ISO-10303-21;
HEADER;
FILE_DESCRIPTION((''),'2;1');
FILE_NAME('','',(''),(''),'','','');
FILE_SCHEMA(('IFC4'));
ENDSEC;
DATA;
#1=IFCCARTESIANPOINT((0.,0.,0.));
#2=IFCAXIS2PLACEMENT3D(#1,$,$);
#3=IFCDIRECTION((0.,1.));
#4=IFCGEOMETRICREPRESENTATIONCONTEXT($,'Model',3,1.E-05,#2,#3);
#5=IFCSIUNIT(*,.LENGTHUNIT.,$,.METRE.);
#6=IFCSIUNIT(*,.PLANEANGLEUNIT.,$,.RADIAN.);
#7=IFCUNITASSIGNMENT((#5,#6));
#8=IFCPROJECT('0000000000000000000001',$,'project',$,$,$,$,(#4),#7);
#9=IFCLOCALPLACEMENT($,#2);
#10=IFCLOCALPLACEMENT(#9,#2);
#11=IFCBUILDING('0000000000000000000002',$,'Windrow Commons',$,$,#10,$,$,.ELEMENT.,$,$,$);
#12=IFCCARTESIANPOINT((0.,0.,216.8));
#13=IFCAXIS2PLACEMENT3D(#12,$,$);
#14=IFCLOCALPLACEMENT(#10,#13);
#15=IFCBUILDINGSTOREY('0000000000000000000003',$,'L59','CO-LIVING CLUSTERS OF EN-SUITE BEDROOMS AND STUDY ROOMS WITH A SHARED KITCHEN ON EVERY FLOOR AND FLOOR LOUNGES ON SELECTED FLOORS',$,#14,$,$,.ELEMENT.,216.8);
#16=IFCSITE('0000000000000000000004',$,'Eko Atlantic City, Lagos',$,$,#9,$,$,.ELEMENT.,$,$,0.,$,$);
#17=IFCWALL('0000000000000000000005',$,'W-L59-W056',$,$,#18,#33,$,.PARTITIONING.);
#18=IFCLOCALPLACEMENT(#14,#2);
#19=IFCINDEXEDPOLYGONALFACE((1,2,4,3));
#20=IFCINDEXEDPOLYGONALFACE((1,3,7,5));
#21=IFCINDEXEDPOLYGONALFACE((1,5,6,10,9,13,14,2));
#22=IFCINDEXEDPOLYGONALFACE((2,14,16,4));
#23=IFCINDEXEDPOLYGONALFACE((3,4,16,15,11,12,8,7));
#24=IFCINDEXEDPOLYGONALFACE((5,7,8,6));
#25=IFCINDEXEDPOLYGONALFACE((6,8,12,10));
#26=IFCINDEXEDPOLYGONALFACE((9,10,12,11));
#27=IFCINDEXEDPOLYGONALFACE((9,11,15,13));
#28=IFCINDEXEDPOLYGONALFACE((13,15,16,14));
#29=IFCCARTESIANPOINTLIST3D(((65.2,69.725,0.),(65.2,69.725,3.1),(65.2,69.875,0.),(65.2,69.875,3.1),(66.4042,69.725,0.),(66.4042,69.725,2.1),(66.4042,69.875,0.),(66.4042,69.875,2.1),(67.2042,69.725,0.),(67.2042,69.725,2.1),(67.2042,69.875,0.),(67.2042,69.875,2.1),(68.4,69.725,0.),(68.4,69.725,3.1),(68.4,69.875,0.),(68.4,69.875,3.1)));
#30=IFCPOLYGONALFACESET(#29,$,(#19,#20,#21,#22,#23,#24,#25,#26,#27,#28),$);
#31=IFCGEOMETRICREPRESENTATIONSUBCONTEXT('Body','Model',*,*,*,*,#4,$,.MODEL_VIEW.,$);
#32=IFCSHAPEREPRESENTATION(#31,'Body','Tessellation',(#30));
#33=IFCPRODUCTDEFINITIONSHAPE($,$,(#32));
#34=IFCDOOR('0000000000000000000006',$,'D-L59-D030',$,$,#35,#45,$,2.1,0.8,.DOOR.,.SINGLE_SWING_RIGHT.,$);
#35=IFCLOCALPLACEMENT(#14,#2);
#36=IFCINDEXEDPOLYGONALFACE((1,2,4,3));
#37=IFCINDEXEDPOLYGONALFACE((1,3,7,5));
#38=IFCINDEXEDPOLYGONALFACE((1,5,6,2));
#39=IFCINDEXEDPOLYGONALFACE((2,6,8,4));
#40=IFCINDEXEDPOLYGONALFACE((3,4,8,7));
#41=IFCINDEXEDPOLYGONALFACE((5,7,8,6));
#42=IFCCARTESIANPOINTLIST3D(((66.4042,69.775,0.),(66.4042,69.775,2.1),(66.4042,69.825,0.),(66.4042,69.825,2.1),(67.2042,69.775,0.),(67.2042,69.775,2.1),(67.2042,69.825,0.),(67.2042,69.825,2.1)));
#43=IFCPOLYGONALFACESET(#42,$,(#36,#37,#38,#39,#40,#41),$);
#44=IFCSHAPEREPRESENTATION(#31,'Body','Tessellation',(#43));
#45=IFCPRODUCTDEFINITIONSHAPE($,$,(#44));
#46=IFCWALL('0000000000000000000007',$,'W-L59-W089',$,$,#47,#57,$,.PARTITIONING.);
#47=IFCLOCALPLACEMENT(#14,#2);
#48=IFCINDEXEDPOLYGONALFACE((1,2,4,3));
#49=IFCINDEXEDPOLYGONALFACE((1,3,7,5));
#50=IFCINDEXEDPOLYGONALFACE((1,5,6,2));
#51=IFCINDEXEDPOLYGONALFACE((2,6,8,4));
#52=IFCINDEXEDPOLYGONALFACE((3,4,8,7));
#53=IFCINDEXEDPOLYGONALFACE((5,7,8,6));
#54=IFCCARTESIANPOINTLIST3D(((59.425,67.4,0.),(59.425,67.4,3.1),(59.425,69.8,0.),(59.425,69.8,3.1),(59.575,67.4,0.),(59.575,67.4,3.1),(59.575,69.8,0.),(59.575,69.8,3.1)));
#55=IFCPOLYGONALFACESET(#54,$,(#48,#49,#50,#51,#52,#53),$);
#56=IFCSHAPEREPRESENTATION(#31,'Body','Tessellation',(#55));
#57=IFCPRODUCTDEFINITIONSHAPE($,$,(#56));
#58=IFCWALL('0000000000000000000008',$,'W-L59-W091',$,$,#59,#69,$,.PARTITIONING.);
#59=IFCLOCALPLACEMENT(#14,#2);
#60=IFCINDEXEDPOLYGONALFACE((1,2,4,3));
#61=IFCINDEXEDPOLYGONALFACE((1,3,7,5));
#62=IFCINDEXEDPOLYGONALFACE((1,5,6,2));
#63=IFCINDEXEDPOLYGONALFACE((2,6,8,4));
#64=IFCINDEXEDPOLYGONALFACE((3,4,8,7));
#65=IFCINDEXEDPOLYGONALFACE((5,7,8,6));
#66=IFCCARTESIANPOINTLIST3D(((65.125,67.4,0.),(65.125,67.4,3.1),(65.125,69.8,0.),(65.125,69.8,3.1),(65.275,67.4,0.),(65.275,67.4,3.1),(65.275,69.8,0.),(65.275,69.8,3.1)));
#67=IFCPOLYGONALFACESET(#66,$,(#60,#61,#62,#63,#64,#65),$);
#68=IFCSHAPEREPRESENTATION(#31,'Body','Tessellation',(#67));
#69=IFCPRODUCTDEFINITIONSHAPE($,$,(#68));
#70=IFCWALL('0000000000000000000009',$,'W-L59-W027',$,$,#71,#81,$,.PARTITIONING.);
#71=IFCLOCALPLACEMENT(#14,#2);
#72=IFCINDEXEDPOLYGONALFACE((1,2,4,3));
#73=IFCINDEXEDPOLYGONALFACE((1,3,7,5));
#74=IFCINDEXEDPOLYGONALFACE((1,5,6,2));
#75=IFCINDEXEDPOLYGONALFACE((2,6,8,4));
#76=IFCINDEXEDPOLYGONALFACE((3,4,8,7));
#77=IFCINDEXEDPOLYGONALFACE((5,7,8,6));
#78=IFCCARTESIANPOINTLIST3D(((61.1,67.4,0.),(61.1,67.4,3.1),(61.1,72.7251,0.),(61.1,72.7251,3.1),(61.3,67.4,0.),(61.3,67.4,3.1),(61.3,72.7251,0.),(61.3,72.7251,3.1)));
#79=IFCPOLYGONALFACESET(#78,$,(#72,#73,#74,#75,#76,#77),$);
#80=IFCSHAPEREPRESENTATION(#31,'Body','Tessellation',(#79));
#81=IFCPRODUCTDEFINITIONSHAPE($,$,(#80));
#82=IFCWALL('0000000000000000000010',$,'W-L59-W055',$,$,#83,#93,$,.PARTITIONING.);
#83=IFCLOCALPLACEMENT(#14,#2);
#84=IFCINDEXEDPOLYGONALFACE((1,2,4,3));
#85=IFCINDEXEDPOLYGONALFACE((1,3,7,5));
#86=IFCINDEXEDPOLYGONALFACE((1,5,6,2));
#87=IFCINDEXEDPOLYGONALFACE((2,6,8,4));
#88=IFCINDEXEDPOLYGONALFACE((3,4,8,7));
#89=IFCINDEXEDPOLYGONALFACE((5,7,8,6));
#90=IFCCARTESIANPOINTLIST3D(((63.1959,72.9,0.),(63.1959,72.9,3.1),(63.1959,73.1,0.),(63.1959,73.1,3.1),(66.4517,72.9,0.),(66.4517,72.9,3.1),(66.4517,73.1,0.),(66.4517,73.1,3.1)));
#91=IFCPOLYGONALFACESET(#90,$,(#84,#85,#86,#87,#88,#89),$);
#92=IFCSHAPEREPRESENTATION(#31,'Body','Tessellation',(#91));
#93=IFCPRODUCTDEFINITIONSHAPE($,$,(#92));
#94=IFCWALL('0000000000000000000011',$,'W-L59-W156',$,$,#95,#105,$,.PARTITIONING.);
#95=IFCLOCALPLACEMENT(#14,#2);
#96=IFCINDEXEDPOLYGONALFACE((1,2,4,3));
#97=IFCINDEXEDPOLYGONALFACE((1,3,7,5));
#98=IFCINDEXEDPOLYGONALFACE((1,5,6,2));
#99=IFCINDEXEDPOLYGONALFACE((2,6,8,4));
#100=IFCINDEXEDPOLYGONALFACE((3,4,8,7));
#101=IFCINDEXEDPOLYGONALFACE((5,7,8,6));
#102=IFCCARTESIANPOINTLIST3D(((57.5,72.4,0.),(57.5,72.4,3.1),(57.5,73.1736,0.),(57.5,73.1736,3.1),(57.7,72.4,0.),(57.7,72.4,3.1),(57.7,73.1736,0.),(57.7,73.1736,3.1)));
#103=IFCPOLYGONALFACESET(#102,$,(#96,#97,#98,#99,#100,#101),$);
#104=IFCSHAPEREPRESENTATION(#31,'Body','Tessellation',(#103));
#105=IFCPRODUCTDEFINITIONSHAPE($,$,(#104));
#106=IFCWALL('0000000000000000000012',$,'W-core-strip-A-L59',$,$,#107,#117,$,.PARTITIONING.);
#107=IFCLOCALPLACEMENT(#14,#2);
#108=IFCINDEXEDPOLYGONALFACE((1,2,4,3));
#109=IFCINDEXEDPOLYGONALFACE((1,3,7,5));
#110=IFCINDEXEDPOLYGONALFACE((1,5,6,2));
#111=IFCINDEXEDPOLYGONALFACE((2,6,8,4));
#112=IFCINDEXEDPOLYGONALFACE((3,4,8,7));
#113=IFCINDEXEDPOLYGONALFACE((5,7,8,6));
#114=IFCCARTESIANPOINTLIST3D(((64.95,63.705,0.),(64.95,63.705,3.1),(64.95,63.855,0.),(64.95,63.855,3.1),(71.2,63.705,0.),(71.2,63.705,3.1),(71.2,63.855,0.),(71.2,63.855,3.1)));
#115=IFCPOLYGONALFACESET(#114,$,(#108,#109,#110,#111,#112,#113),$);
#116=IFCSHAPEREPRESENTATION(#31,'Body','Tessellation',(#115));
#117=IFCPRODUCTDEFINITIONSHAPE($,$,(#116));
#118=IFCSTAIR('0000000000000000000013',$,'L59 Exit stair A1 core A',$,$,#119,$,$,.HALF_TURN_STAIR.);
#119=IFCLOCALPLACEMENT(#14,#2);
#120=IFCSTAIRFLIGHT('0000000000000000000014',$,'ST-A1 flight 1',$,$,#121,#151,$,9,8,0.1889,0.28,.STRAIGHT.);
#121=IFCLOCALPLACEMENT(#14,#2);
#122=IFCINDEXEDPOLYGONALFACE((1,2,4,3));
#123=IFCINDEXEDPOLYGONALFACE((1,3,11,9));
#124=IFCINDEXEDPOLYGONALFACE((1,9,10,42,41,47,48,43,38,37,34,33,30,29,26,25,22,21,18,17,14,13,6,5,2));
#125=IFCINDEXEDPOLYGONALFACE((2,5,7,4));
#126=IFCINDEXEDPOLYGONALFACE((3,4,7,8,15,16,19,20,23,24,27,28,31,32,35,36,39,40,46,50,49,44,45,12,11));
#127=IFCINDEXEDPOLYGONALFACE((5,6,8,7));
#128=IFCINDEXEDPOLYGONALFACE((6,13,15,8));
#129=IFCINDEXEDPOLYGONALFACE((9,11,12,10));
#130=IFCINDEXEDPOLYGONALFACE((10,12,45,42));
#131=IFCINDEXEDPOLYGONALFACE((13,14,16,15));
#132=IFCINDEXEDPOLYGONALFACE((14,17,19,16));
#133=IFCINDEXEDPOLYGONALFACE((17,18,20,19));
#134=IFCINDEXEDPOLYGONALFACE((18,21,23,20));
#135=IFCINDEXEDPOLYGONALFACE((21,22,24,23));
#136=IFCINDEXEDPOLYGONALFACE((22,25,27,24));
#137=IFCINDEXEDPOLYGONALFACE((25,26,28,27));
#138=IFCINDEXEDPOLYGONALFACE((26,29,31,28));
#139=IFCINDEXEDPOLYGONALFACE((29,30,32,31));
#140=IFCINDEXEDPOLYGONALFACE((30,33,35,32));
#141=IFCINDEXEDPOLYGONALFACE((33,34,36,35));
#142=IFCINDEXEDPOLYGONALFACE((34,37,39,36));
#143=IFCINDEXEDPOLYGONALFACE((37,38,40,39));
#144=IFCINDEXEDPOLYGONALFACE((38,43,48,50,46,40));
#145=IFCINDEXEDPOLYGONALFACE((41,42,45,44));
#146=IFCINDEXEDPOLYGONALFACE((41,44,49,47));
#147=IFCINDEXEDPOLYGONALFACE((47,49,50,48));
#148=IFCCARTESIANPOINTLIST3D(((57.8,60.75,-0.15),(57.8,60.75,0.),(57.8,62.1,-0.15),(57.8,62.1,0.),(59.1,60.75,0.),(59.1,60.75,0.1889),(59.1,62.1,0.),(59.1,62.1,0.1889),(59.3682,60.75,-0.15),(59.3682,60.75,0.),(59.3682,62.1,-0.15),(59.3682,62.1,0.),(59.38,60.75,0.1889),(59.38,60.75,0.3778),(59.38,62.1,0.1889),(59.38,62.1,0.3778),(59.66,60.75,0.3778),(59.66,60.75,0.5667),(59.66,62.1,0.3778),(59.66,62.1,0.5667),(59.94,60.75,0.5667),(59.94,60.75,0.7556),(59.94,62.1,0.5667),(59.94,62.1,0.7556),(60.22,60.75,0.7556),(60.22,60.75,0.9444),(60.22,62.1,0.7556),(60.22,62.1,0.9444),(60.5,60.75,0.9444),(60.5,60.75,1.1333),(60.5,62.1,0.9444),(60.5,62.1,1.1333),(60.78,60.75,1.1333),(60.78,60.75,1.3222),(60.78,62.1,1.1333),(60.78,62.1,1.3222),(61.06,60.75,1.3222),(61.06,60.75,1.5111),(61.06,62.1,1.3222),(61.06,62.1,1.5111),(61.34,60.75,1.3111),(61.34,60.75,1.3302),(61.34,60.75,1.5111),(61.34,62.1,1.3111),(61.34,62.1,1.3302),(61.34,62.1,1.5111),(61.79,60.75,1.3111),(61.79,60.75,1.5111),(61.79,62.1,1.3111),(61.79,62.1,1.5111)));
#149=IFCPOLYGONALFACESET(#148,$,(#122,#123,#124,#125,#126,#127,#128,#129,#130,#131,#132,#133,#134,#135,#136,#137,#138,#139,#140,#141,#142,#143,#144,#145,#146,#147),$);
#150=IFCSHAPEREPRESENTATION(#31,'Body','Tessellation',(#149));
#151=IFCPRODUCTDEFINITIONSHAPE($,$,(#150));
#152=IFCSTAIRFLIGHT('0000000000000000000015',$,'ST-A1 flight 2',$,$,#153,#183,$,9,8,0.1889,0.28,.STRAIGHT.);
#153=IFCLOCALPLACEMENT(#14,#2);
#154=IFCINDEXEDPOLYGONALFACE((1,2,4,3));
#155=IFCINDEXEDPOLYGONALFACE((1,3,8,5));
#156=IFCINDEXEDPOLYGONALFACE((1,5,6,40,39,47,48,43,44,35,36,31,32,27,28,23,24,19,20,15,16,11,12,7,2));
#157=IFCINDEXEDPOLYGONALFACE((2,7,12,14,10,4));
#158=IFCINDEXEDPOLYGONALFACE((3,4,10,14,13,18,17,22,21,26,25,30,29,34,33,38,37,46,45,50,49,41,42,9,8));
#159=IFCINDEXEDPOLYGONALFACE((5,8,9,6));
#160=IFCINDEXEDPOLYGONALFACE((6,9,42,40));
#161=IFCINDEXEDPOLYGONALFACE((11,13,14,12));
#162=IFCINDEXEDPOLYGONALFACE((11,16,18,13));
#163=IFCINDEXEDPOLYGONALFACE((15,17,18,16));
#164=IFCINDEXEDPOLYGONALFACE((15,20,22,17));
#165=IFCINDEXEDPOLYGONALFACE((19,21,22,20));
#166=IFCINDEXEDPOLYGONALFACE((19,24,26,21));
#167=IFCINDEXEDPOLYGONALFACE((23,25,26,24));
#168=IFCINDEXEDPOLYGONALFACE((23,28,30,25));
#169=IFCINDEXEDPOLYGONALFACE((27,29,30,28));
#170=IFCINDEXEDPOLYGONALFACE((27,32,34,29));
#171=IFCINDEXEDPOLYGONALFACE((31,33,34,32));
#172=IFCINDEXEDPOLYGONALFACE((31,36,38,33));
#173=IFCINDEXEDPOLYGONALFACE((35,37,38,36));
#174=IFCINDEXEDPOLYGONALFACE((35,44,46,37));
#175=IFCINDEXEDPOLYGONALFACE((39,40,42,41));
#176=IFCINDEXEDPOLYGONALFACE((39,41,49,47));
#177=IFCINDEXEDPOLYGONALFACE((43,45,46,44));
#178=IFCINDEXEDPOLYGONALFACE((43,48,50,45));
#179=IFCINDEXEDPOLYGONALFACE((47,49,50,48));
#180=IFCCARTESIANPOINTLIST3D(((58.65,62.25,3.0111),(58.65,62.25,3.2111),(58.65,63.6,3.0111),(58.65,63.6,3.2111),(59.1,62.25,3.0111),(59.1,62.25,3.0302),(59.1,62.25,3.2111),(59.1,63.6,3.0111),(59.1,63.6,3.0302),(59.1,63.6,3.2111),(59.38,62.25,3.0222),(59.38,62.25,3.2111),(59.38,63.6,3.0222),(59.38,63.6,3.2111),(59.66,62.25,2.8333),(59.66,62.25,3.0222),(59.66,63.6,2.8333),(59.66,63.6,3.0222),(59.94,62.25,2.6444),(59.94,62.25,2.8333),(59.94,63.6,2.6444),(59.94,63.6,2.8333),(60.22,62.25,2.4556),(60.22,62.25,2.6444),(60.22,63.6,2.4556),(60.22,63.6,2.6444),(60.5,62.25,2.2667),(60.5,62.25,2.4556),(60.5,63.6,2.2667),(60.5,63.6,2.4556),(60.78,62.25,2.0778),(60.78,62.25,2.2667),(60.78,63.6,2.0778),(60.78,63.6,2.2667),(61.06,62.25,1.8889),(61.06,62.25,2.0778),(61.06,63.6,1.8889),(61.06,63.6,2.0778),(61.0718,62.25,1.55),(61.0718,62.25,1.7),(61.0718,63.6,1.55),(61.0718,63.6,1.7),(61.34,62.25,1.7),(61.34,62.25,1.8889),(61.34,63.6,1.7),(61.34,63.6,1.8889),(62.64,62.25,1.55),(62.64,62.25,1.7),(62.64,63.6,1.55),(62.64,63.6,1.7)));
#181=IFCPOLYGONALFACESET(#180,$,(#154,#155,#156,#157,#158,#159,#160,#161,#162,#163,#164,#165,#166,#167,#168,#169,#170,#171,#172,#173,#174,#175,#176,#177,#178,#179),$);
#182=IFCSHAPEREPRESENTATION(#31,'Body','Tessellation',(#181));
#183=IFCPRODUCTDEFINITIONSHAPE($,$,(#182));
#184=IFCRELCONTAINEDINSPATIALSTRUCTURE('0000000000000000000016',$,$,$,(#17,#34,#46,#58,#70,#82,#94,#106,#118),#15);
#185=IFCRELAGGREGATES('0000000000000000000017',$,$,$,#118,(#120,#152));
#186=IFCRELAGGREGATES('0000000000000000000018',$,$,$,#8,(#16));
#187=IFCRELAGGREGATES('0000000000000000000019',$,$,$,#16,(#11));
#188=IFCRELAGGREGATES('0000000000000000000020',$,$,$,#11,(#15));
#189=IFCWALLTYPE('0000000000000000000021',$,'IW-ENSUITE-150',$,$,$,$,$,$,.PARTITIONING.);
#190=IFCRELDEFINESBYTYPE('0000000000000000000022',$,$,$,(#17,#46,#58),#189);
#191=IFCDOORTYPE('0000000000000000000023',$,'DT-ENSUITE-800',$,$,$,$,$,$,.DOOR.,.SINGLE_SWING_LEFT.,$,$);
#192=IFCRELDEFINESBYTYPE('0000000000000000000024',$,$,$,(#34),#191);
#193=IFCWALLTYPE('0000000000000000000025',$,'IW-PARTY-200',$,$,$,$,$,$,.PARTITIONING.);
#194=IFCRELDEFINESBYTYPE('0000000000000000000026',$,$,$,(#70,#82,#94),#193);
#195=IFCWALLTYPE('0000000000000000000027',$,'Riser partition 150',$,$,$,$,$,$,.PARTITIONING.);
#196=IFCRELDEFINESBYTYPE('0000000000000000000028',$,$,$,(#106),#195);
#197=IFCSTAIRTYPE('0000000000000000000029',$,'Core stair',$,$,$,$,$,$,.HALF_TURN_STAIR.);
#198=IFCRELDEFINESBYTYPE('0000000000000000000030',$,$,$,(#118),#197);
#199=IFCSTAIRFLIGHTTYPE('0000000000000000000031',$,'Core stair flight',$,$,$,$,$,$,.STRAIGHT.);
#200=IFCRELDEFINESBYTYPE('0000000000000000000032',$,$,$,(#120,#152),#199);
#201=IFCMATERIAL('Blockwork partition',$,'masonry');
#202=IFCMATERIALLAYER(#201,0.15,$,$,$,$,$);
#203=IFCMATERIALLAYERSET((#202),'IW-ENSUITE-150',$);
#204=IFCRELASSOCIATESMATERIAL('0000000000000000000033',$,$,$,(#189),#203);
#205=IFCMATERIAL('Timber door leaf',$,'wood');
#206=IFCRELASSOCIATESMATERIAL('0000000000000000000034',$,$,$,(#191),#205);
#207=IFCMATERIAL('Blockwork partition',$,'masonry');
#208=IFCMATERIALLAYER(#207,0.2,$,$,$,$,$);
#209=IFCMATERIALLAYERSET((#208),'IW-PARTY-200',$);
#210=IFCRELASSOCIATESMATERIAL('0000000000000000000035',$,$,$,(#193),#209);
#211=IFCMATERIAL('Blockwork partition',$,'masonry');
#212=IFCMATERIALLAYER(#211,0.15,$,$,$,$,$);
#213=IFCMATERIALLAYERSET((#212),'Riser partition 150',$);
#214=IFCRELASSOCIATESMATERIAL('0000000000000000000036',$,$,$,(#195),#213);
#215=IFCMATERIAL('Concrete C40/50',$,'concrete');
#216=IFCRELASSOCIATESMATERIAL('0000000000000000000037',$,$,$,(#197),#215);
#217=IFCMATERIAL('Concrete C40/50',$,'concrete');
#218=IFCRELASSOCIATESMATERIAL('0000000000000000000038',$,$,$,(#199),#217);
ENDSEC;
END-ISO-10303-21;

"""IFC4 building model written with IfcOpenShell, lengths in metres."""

from ifc_helpers import new_model, si_unit, direction, frame, frame_2d, origin, place, context, subcontext, project, spatial, polyline, rectangle, outline, extrude, material, layer, layer_set, type_object, element, fill, aggregate, save


model = new_model("IFC4")

# Units and contexts
model_context = context("Model", 3, precision=1e-05, world=origin(), true_north=direction((0.0, 1.0)))
body_context = subcontext(model_context, "Body", "Model", "MODEL_VIEW")
ifc_project = project(units=[si_unit("LENGTHUNIT", "METRE"), si_unit("PLANEANGLEUNIT", "RADIAN")], contexts=[model_context])

# Site, building, storey
site_placement = place(None, origin())
site = spatial("IfcSite", under=ifc_project, at=site_placement, Name="Eko Atlantic City, Lagos", CompositionType="ELEMENT", RefElevation=0.0)
building_placement = place(site_placement, origin())
building = spatial("IfcBuilding", under=site, at=building_placement, Name="Windrow Commons", CompositionType="ELEMENT")
storey_placement = place(building_placement, frame((0.0, 0.0, 216.8)))
storey = spatial("IfcBuildingStorey", under=building, at=storey_placement, Name="L59", Description="CO-LIVING CLUSTERS OF EN-SUITE BEDROOMS AND STUDY ROOMS WITH A SHARED KITCHEN ON EVERY FLOOR AND FLOOR LOUNGES ON SELECTED FLOORS", CompositionType="ELEMENT", Elevation=216.8)

# Wall, opening, door
ifc_material_1 = material(Name="Blockwork partition", Category="masonry")
ifc_layer_1 = layer(ifc_material_1, 0.15)
ifc_layer_set_1 = layer_set([ifc_layer_1], Name="IW-ENSUITE-150")
wall_type_1 = type_object("IfcWallType", Name="IW-ENSUITE-150", PredefinedType="PARTITIONING", material=ifc_layer_set_1)
wall_1_placement = place(storey_placement, frame((65.2, 69.8, 0.0), z_axis=(0.0, 0.0, 1.0), x_axis=(1.0, 0.0, 0.0)))
wall_1 = element("IfcWall", 1, at=wall_1_placement, inside=storey, type_object=wall_type_1, Name="W-L59-W056", PredefinedType="PARTITIONING", context=body_context, shape_type="SweptSolid", body=[
    extrude(rectangle(XDim=3.2, YDim=0.15, at=frame_2d((1.6, 0.0))), origin(), (0.0, 0.0, 1.0), 3.1),
])
opening_1_placement = place(wall_1_placement, frame((1.2042, 0.0, 0.0)))
opening_1 = element("IfcOpeningElement", 2, at=opening_1_placement, cuts=wall_1, PredefinedType="OPENING", context=body_context, shape_type="SweptSolid", body=[
    extrude(rectangle(XDim=0.8, YDim=2.1, at=frame_2d((0.4, 1.05))), frame((0.0, 0.085, 0.0), z_axis=(0.0, -1.0, 0.0), x_axis=(1.0, 0.0, 0.0)), (0.0, 0.0, 1.0), 0.17),
])
ifc_material_2 = material(Name="Timber door leaf", Category="wood")
door_type = type_object("IfcDoorType", Name="DT-ENSUITE-800", OperationType="SINGLE_SWING_LEFT", PredefinedType="DOOR", material=ifc_material_2)
door_placement = place(opening_1_placement, origin())
door = element("IfcDoor", 3, at=door_placement, inside=storey, type_object=door_type, Name="D-L59-D030", OperationType="SINGLE_SWING_RIGHT", OverallHeight=2.1, OverallWidth=0.8, PredefinedType="DOOR", context=body_context, shape_type="SweptSolid", body=[
    extrude(rectangle(XDim=0.8, YDim=2.1, at=frame_2d((0.4, 1.05))), frame((0.0, 0.025, 0.0), z_axis=(0.0, -1.0, 0.0), x_axis=(1.0, 0.0, 0.0)), (0.0, 0.0, 1.0), 0.05),
])
fill(opening_1, door)

# Walls
for number, where, z_axis, x_axis, name in (
    (4, (59.5, 67.4, 0.0), (0.0, 0.0, 1.0), (0.0, 1.0, 0.0), "W-L59-W089"),
    (5, (65.2, 67.4, 0.0), (0.0, 0.0, 1.0), (0.0, 1.0, 0.0), "W-L59-W091"),
):
    element("IfcWall", number, at=place(storey_placement, frame(where, z_axis=z_axis, x_axis=x_axis)), inside=storey, type_object=wall_type_1, Name=name, PredefinedType="PARTITIONING", context=body_context, shape_type="SweptSolid", body=[
        extrude(rectangle(XDim=2.4, YDim=0.15, at=frame_2d((1.2, 0.0))), origin(), (0.0, 0.0, 1.0), 3.1),
    ])
ifc_material_3 = material(Name="Blockwork partition", Category="masonry")
ifc_layer_2 = layer(ifc_material_3, 0.2)
ifc_layer_set_2 = layer_set([ifc_layer_2], Name="IW-PARTY-200")
wall_type_2 = type_object("IfcWallType", Name="IW-PARTY-200", PredefinedType="PARTITIONING", material=ifc_layer_set_2)
wall_2_placement = place(storey_placement, frame((61.2, 67.4, 0.0), z_axis=(0.0, 0.0, 1.0), x_axis=(0.0, 1.0, 0.0)))
element("IfcWall", 6, at=wall_2_placement, inside=storey, type_object=wall_type_2, Name="W-L59-W027", PredefinedType="PARTITIONING", context=body_context, shape_type="SweptSolid", body=[
    extrude(rectangle(XDim=5.3251, YDim=0.2, at=frame_2d((2.6625, 0.0))), origin(), (0.0, 0.0, 1.0), 3.1),
])
wall_3_placement = place(storey_placement, frame((63.1959, 73.0, 0.0), z_axis=(0.0, 0.0, 1.0), x_axis=(1.0, 0.0, 0.0)))
element("IfcWall", 7, at=wall_3_placement, inside=storey, type_object=wall_type_2, Name="W-L59-W055", PredefinedType="PARTITIONING", context=body_context, shape_type="SweptSolid", body=[
    extrude(rectangle(XDim=3.2558, YDim=0.2, at=frame_2d((1.6279, 0.0))), origin(), (0.0, 0.0, 1.0), 3.1),
])
wall_4_placement = place(storey_placement, frame((57.6, 72.4, 0.0), z_axis=(0.0, 0.0, 1.0), x_axis=(0.0, 1.0, 0.0)))
element("IfcWall", 8, at=wall_4_placement, inside=storey, type_object=wall_type_2, Name="W-L59-W156", PredefinedType="PARTITIONING", context=body_context, shape_type="SweptSolid", body=[
    extrude(rectangle(XDim=0.7736, YDim=0.2, at=frame_2d((0.3868, 0.0))), origin(), (0.0, 0.0, 1.0), 3.1),
])
ifc_material_4 = material(Name="Blockwork partition", Category="masonry")
ifc_layer_3 = layer(ifc_material_4, 0.15)
ifc_layer_set_3 = layer_set([ifc_layer_3], Name="Riser partition 150")
wall_type_3 = type_object("IfcWallType", Name="Riser partition 150", PredefinedType="PARTITIONING", material=ifc_layer_set_3)
wall_5_placement = place(storey_placement, frame((64.95, 63.78, 0.0), z_axis=(0.0, 0.0, 1.0), x_axis=(1.0, 0.0, 0.0)))
element("IfcWall", 9, at=wall_5_placement, inside=storey, type_object=wall_type_3, Name="W-core-strip-A-L59", PredefinedType="PARTITIONING", context=body_context, shape_type="SweptSolid", body=[
    extrude(rectangle(XDim=6.25, YDim=0.15, at=frame_2d((3.125, 0.0))), origin(), (0.0, 0.0, 1.0), 3.1),
])

# Stair, stair flights
ifc_material_5 = material(Name="Concrete C40/50", Category="concrete")
stair_type = type_object("IfcStairType", Name="Core stair", PredefinedType="HALF_TURN_STAIR", material=ifc_material_5)
placement = place(storey_placement, origin())
stair_1 = element("IfcStair", 10, at=placement, inside=storey, type_object=stair_type, Name="L59 Exit stair A1 core A", PredefinedType="HALF_TURN_STAIR")
ifc_material_6 = material(Name="Concrete C40/50", Category="concrete")
stair_flight_type = type_object("IfcStairFlightType", Name="Core stair flight", PredefinedType="STRAIGHT", material=ifc_material_6)
stair_flight_1_placement = place(storey_placement, frame((59.1, 61.425, 0.0), z_axis=(0.0, 0.0, 1.0), x_axis=(1.0, 0.0, 0.0)))
stair_flight_1 = element("IfcStairFlight", 11, at=stair_flight_1_placement, type_object=stair_flight_type, Name="ST-A1 flight 1", NumberOfRisers=9, NumberOfTreads=8, PredefinedType="STRAIGHT", RiserHeight=0.1889, TreadLength=0.28, context=body_context, shape_type="SweptSolid", body=[
    extrude(outline(polyline([(-1.3, -0.15), (-1.3, 0.0), (0.0, 0.0), (0.0, 0.1889), (0.28, 0.1889), (0.28, 0.3778), (0.56, 0.3778), (0.56, 0.5667), (0.84, 0.5667), (0.84, 0.7556), (1.12, 0.7556), (1.12, 0.9444), (1.4, 0.9444), (1.4, 1.1333), (1.68, 1.1333), (1.68, 1.3222), (1.96, 1.3222), (1.96, 1.5111), (2.24, 1.5111), (2.69, 1.5111), (2.69, 1.3111), (2.24, 1.3111), (2.24, 1.3302), (0.2682, 0.0), (0.2682, -0.15), (-1.3, -0.15)])), frame((0.0, 0.675, 0.0), z_axis=(0.0, -1.0, 0.0), x_axis=(1.0, 0.0, 0.0)), (0.0, 0.0, 1.0), 1.35),
])
stair_flight_2_placement = place(storey_placement, frame((61.34, 62.925, 1.7), z_axis=(0.0, 0.0, 1.0), x_axis=(-1.0, 0.0, 0.0)))
stair_flight_2 = element("IfcStairFlight", 12, at=stair_flight_2_placement, type_object=stair_flight_type, Name="ST-A1 flight 2", NumberOfRisers=9, NumberOfTreads=8, PredefinedType="STRAIGHT", RiserHeight=0.1889, TreadLength=0.28, context=body_context, shape_type="SweptSolid", body=[
    extrude(outline(polyline([(-1.3, -0.15), (-1.3, 0.0), (0.0, 0.0), (0.0, 0.1889), (0.28, 0.1889), (0.28, 0.3778), (0.56, 0.3778), (0.56, 0.5667), (0.84, 0.5667), (0.84, 0.7556), (1.12, 0.7556), (1.12, 0.9444), (1.4, 0.9444), (1.4, 1.1333), (1.68, 1.1333), (1.68, 1.3222), (1.96, 1.3222), (1.96, 1.5111), (2.24, 1.5111), (2.69, 1.5111), (2.69, 1.3111), (2.24, 1.3111), (2.24, 1.3302), (0.2682, 0.0), (0.2682, -0.15), (-1.3, -0.15)])), frame((0.0, 0.675, 0.0), z_axis=(0.0, -1.0, 0.0), x_axis=(1.0, 0.0, 0.0)), (0.0, 0.0, 1.0), 1.35),
])
aggregate(stair_1, [stair_flight_1, stair_flight_2])

save(model, "model.ifc")
